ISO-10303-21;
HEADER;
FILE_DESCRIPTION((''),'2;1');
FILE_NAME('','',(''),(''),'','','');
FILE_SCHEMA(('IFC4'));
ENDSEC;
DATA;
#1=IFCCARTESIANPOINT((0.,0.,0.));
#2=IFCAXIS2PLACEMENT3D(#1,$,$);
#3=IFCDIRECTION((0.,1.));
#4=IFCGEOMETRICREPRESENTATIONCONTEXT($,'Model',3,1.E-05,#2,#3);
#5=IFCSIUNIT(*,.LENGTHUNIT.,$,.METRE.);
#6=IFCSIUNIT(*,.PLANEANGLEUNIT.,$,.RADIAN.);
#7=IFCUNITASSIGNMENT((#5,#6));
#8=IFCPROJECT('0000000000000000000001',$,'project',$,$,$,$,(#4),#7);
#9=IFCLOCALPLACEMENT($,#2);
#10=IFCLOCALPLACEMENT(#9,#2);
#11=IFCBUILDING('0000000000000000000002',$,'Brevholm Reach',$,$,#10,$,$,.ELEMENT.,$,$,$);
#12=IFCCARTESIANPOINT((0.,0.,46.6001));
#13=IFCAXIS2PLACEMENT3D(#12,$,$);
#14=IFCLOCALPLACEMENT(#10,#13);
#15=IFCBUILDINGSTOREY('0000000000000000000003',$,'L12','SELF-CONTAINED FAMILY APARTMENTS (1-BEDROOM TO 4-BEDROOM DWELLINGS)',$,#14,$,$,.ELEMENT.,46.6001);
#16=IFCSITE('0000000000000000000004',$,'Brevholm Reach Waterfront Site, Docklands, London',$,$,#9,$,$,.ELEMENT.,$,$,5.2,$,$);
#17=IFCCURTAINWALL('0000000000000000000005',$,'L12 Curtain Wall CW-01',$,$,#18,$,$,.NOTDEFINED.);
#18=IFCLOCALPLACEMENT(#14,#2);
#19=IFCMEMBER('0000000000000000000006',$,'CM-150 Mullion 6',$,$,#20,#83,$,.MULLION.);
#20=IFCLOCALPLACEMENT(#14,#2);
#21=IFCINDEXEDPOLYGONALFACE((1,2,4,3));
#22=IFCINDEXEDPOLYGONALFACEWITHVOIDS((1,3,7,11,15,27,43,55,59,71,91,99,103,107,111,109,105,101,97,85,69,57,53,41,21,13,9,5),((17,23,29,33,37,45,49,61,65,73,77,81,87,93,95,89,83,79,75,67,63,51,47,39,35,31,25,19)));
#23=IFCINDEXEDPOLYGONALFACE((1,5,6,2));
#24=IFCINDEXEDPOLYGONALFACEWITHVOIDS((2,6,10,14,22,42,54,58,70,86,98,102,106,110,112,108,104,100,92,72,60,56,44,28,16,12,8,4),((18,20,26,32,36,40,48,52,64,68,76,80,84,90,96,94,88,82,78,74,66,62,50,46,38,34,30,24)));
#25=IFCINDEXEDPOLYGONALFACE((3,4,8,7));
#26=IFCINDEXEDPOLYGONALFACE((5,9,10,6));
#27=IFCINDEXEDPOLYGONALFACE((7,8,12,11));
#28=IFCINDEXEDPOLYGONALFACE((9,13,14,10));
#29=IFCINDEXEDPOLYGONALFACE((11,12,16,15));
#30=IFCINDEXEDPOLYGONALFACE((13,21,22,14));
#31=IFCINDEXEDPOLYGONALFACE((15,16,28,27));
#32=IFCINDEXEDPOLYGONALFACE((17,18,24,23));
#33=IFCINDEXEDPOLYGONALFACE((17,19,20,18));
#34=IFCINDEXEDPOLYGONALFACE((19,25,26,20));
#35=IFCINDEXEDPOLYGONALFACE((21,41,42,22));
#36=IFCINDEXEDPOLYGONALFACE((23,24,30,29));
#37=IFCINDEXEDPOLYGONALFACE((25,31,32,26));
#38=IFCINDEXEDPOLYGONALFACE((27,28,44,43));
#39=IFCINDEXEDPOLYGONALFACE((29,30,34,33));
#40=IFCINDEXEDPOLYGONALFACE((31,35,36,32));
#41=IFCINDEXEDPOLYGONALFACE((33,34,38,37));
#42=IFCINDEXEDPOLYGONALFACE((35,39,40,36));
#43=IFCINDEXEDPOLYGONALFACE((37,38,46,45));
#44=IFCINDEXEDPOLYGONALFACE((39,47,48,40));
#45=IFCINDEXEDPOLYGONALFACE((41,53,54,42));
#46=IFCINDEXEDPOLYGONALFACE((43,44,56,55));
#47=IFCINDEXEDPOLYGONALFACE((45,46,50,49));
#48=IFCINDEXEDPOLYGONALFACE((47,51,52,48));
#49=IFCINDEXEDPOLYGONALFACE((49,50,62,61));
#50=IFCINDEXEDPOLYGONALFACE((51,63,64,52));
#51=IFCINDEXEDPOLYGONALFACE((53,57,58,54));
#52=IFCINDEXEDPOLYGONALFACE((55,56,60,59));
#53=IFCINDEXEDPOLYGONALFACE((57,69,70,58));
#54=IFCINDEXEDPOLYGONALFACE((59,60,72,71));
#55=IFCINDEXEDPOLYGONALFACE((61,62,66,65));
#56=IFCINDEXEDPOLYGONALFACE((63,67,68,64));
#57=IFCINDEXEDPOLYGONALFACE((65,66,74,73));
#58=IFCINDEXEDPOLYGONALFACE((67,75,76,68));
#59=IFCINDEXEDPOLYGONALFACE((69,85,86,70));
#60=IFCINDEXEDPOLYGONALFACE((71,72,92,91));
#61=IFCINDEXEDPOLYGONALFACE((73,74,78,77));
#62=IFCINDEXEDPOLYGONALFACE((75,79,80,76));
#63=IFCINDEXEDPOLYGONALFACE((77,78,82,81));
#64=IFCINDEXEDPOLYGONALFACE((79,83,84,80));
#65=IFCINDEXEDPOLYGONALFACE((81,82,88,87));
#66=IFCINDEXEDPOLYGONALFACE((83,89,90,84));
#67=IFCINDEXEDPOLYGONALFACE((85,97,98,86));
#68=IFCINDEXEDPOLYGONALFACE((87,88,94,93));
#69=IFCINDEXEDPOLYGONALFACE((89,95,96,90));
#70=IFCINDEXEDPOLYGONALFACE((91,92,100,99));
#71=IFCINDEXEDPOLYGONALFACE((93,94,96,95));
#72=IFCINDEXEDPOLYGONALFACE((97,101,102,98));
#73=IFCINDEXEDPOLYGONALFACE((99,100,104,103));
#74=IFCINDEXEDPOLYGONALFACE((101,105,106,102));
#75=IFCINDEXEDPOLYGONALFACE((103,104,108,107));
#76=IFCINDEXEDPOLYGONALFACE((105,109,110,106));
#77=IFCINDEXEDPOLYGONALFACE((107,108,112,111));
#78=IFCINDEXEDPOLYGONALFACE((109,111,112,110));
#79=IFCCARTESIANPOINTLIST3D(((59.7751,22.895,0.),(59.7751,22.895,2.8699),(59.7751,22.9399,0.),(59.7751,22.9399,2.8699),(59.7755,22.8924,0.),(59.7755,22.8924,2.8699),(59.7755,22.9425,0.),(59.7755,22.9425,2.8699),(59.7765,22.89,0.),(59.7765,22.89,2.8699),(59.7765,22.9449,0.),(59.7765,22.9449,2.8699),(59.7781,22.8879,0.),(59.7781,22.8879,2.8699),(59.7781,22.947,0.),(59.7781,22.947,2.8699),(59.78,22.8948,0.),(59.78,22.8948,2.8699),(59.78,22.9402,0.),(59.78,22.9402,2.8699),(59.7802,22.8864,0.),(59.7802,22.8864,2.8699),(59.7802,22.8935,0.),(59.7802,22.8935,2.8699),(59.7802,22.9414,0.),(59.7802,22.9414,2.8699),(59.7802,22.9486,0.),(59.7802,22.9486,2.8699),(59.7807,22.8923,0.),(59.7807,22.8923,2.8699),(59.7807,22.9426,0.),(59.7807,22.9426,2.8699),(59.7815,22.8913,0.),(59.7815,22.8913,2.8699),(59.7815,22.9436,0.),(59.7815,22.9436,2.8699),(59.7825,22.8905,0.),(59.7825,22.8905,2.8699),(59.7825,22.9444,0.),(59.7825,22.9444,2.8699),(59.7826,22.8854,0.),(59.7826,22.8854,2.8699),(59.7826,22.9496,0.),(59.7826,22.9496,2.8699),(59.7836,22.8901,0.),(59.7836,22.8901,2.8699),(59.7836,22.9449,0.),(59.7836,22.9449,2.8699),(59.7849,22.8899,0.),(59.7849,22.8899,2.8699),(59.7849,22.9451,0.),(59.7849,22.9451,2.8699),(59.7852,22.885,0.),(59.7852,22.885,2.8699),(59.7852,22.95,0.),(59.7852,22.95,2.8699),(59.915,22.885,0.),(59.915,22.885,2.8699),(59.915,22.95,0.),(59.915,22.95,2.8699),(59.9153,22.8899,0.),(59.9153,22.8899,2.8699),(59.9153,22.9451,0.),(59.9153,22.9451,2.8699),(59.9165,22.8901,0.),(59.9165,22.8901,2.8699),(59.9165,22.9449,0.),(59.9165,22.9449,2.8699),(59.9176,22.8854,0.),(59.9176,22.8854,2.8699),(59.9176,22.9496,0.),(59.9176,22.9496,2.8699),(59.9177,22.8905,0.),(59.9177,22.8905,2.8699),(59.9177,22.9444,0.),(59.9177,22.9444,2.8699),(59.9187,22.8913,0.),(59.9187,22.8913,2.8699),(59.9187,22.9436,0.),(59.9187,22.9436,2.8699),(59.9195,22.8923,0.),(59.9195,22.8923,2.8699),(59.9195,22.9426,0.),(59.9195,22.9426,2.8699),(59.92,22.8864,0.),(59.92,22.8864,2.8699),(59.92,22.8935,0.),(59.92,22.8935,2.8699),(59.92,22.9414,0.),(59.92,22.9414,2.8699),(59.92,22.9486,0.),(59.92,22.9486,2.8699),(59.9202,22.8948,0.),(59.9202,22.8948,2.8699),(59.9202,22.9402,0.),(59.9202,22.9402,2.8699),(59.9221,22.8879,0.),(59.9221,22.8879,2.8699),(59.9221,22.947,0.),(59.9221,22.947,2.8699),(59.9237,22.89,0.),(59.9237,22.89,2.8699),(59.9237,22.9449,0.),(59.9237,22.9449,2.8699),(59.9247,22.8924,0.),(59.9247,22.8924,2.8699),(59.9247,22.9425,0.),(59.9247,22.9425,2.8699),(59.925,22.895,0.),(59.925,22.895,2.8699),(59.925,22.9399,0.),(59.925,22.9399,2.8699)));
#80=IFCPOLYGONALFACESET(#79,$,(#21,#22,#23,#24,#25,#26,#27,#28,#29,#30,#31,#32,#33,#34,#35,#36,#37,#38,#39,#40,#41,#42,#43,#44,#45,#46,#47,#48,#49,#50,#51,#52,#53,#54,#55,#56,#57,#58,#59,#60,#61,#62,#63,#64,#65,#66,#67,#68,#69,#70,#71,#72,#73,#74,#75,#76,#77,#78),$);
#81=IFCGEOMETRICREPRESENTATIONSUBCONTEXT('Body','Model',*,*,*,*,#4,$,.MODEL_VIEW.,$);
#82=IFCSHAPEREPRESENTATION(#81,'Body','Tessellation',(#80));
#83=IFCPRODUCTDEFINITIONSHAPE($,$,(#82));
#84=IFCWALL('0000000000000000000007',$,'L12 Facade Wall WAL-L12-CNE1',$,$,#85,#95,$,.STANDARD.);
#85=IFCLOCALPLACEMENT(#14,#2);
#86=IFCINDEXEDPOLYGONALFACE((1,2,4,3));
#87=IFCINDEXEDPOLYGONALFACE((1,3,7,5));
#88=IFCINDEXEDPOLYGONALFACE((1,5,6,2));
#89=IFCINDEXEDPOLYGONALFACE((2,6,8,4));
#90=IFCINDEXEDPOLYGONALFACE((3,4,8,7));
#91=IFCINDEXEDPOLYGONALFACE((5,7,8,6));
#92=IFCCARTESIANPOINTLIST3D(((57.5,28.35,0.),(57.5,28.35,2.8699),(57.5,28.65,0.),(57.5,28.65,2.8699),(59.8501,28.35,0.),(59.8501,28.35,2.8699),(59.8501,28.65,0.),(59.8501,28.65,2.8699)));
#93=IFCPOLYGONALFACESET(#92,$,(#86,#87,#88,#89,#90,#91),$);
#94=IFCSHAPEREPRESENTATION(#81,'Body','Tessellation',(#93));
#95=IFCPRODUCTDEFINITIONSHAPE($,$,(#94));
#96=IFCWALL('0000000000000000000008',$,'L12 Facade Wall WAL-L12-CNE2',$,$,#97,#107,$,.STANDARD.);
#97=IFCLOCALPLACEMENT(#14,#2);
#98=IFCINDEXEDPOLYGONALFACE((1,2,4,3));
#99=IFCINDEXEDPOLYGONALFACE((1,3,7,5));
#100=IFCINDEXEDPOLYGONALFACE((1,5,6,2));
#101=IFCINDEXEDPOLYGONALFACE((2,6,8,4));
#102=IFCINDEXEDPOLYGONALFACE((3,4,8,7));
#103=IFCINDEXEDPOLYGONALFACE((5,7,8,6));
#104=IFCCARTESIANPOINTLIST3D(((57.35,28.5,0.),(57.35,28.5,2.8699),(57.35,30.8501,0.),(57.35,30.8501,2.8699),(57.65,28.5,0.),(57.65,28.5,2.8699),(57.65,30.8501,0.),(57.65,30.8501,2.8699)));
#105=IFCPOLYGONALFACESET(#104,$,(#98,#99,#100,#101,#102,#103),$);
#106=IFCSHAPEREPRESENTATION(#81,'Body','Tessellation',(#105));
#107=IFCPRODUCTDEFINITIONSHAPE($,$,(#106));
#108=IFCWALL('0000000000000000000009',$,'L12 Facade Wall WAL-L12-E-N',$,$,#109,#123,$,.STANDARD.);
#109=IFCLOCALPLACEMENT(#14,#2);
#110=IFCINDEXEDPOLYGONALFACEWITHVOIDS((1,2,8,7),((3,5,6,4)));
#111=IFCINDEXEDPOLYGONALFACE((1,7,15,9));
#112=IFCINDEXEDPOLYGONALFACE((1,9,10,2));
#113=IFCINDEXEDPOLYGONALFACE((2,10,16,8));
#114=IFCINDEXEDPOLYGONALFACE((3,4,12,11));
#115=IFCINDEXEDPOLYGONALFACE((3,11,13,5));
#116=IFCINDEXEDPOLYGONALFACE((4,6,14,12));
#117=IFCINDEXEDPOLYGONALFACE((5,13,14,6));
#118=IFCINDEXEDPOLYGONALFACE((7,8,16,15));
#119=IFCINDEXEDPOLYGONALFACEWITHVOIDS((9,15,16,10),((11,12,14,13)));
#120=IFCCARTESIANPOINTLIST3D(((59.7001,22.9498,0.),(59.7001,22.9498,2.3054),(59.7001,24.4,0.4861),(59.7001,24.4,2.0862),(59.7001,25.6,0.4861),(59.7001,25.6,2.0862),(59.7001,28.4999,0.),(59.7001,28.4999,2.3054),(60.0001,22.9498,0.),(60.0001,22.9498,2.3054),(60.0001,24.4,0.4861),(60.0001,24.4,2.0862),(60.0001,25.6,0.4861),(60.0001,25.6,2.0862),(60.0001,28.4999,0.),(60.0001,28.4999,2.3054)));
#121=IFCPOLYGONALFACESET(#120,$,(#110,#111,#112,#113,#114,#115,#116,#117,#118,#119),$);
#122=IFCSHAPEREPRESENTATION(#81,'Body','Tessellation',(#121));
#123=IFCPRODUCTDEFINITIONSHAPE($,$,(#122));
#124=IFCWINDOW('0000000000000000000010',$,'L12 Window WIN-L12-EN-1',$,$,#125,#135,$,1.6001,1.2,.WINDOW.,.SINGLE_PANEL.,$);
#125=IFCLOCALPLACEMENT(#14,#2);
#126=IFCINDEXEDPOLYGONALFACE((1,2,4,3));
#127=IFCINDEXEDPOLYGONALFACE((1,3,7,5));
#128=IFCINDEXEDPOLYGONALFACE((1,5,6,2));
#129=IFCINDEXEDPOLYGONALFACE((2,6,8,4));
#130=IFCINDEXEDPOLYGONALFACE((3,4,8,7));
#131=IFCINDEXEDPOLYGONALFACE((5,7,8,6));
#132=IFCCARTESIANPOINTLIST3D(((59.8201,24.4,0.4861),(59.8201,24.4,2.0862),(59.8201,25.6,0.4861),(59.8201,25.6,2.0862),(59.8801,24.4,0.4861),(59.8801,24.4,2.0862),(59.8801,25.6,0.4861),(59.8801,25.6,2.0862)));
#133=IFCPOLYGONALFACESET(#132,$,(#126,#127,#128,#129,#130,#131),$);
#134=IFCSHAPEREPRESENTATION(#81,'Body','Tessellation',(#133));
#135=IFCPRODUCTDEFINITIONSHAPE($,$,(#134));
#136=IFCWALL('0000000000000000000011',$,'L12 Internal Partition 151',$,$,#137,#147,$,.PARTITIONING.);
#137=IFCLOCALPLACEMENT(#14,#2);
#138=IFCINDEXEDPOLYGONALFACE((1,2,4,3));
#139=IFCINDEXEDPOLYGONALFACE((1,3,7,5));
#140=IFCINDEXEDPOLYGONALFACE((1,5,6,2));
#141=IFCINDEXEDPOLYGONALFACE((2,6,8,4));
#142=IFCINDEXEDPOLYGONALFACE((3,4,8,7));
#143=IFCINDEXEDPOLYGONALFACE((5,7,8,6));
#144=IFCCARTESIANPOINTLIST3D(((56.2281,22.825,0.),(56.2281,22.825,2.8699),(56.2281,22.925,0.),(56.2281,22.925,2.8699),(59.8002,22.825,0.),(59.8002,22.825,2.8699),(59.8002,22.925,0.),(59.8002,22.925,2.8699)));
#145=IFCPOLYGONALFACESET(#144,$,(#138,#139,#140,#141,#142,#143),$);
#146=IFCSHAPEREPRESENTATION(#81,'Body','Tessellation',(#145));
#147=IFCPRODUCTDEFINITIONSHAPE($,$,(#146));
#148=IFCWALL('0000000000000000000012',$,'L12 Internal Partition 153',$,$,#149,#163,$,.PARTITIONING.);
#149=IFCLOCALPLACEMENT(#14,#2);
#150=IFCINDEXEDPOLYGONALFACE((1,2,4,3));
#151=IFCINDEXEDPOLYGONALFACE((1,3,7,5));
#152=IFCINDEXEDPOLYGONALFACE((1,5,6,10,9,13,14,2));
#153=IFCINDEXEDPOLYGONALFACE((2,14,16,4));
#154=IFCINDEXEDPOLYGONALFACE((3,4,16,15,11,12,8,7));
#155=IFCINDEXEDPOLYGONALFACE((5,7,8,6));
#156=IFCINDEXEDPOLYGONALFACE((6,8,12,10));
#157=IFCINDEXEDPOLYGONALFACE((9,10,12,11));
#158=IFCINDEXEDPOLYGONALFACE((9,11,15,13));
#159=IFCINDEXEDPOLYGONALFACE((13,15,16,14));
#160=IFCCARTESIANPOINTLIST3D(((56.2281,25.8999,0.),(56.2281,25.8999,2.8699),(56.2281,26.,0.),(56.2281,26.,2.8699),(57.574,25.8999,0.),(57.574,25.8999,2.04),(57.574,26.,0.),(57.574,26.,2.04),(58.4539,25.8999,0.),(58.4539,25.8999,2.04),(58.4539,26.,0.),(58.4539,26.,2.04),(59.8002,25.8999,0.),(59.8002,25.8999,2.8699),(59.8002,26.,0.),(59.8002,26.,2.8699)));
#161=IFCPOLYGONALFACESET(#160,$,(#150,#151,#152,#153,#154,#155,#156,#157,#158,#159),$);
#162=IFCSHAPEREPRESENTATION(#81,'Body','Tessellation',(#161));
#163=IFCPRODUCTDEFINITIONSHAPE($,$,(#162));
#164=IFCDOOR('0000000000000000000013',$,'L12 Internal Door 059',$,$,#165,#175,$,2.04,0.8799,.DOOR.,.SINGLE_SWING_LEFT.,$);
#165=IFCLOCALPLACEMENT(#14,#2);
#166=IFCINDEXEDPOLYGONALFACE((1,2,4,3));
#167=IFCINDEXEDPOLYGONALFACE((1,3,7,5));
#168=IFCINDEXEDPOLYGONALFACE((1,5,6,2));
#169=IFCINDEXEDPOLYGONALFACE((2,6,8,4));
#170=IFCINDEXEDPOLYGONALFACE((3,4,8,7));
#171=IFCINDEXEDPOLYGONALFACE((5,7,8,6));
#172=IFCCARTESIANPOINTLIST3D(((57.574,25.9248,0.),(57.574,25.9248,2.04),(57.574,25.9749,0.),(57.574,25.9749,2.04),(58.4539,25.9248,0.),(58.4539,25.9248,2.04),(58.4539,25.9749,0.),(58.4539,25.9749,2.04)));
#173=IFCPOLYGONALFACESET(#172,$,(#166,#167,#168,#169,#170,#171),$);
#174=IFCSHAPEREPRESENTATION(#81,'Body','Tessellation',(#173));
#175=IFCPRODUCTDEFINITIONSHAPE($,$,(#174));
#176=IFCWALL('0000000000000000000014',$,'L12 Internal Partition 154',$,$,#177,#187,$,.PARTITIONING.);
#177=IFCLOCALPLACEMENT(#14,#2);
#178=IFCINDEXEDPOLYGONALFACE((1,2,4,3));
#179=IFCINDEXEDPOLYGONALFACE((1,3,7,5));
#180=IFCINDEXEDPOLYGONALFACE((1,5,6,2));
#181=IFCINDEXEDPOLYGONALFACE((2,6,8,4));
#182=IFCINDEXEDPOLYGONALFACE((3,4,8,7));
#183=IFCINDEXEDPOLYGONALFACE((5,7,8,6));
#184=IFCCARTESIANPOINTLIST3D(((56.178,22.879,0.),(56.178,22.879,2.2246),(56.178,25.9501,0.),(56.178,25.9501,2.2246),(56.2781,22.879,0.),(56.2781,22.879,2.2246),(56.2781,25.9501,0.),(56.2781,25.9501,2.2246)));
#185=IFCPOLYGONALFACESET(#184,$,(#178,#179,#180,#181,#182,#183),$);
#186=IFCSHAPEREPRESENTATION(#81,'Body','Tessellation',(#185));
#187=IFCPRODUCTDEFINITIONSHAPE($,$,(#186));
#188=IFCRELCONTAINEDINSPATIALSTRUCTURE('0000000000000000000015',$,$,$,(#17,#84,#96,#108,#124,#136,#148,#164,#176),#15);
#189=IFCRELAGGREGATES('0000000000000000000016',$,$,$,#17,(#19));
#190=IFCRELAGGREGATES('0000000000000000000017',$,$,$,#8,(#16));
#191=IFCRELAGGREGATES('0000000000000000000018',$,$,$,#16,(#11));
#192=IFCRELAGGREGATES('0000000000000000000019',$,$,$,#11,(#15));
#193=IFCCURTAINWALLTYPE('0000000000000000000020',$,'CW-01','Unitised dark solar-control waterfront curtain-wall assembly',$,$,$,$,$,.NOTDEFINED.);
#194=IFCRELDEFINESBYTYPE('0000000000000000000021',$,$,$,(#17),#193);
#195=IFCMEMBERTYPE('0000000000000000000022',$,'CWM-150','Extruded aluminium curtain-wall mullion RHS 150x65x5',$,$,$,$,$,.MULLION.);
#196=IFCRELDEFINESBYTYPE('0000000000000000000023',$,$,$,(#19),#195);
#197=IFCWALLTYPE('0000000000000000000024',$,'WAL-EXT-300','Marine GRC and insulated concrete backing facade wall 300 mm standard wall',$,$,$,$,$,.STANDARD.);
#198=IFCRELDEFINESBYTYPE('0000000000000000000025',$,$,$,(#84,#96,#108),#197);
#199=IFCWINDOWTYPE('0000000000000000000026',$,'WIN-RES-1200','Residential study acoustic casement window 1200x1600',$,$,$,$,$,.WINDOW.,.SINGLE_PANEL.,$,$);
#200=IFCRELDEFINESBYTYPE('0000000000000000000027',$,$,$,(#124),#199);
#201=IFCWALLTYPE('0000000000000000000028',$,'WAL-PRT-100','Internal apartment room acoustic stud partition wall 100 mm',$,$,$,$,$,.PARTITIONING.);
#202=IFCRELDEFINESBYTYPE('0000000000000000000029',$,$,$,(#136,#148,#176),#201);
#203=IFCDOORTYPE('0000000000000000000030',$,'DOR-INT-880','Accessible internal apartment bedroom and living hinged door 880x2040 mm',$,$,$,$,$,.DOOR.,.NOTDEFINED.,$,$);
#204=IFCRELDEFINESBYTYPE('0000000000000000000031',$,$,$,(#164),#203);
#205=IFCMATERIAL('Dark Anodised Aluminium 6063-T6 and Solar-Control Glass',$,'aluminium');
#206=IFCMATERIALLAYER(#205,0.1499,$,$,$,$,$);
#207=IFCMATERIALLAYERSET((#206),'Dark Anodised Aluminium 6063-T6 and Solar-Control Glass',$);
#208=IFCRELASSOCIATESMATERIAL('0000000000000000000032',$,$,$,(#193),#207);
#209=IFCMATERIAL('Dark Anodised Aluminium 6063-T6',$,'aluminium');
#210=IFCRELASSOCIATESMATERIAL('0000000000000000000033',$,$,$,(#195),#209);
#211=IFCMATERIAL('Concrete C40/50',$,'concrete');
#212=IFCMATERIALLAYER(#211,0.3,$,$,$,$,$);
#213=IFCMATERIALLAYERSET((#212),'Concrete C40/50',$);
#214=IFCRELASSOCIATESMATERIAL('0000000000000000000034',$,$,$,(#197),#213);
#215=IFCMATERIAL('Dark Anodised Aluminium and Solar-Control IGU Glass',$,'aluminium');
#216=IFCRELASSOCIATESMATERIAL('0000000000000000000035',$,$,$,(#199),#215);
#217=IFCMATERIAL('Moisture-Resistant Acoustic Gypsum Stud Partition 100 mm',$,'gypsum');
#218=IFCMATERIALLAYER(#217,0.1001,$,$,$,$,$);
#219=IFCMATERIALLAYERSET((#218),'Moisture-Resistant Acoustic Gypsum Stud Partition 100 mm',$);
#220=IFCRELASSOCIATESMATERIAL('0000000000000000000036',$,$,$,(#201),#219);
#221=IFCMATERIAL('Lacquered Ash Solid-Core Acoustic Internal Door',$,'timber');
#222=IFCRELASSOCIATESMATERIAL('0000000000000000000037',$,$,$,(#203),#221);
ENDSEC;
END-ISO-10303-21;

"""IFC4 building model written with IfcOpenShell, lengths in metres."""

from ifc_helpers import new_model, si_unit, direction, frame, frame_2d, origin, origin_2d, place, context, subcontext, project, spatial, rectangle, hollow_rectangle, extrude, material, layer, layer_set, material_profile, profile_set, type_object, element, fill, aggregate, save


model = new_model("IFC4")

# Units and contexts
model_context = context("Model", 3, precision=1e-05, world=origin(), true_north=direction((0.0, 1.0)))
body_context = subcontext(model_context, "Body", "Model", "MODEL_VIEW")
ifc_project = project(units=[si_unit("LENGTHUNIT", "METRE"), si_unit("PLANEANGLEUNIT", "RADIAN")], contexts=[model_context])

# Site, building, storey
site_placement = place(None, origin())
site = spatial("IfcSite", under=ifc_project, at=site_placement, Name="Brevholm Reach Waterfront Site, Docklands, London", CompositionType="ELEMENT", RefElevation=5.2)
building_placement = place(site_placement, origin())
building = spatial("IfcBuilding", under=site, at=building_placement, Name="Brevholm Reach", CompositionType="ELEMENT")
storey_placement = place(building_placement, frame((0.0, 0.0, 46.6001)))
storey = spatial("IfcBuildingStorey", under=building, at=storey_placement, Name="L12", Description="SELF-CONTAINED FAMILY APARTMENTS (1-BEDROOM TO 4-BEDROOM DWELLINGS)", CompositionType="ELEMENT", Elevation=46.6001)

# Curtain wall, member
ifc_material_1 = material(Name="Dark Anodised Aluminium 6063-T6 and Solar-Control Glass", Category="aluminium")
ifc_layer_1 = layer(ifc_material_1, 0.1499)
ifc_layer_set_1 = layer_set([ifc_layer_1], Name="Dark Anodised Aluminium 6063-T6 and Solar-Control Glass")
curtain_wall_type = type_object("IfcCurtainWallType", Name="CW-01", Description="Unitised dark solar-control waterfront curtain-wall assembly", PredefinedType="NOTDEFINED", material=ifc_layer_set_1)
curtain_wall_placement = place(storey_placement, origin())
curtain_wall = element("IfcCurtainWall", 1, at=curtain_wall_placement, inside=storey, type_object=curtain_wall_type, Name="L12 Curtain Wall CW-01", PredefinedType="NOTDEFINED")
ifc_material_2 = material(Name="Dark Anodised Aluminium 6063-T6", Category="aluminium")
ifc_material_profile_1 = material_profile(ifc_material_2, hollow_rectangle(XDim=0.0649, YDim=0.1499, WallThickness=0.0049, InnerFilletRadius=0.0049, OuterFilletRadius=0.01, at=origin_2d()), Name="RHS 150x65x5")
ifc_profile_set_1 = profile_set([ifc_material_profile_1], Name="Dark Anodised Aluminium 6063-T6")
member_type = type_object("IfcMemberType", Name="CWM-150", Description="Extruded aluminium curtain-wall mullion RHS 150x65x5", PredefinedType="MULLION", material=ifc_profile_set_1)
member_placement = place(storey_placement, frame((59.8501, 22.9175, 0.0), z_axis=(0.0, 0.0, 1.0), x_axis=(0.0, 1.0, 0.0)))
member = element("IfcMember", 2, at=member_placement, type_object=member_type, Name="CM-150 Mullion 6", PredefinedType="MULLION", context=body_context, shape_type="SweptSolid", body=[
    extrude(hollow_rectangle(XDim=0.0649, YDim=0.1499, WallThickness=0.0049, InnerFilletRadius=0.0049, OuterFilletRadius=0.01, at=origin_2d()), origin(), (0.0, 0.0, 1.0), 2.8699),
])
aggregate(curtain_wall, [member])

# Walls
ifc_material_3 = material(Name="Concrete C40/50", Category="concrete")
ifc_layer_2 = layer(ifc_material_3, 0.3)
ifc_layer_set_2 = layer_set([ifc_layer_2], Name="Concrete C40/50")
wall_type_1 = type_object("IfcWallType", Name="WAL-EXT-300", Description="Marine GRC and insulated concrete backing facade wall 300 mm standard wall", PredefinedType="STANDARD", material=ifc_layer_set_2)
for number, where, z_axis, x_axis, name in (
    (3, (59.8501, 28.5, 0.0), (0.0, 0.0, 1.0), (-1.0, 0.0, 0.0), "L12 Facade Wall WAL-L12-CNE1"),
    (4, (57.5, 28.5, 0.0), (0.0, 0.0, 1.0), (0.0, 1.0, 0.0), "L12 Facade Wall WAL-L12-CNE2"),
):
    element("IfcWall", number, at=place(storey_placement, frame(where, z_axis=z_axis, x_axis=x_axis)), inside=storey, type_object=wall_type_1, Name=name, PredefinedType="STANDARD", context=body_context, shape_type="SweptSolid", body=[
        extrude(rectangle(XDim=2.3501, YDim=0.3, at=frame_2d((1.175, 0.0))), origin(), (0.0, 0.0, 1.0), 2.8699),
    ])

# Wall, opening, window
wall_1_placement = place(storey_placement, frame((59.8501, 22.95, 0.0), z_axis=(0.0, 0.0, 1.0), x_axis=(0.0, 1.0, 0.0)))
wall_1 = element("IfcWall", 5, at=wall_1_placement, inside=storey, type_object=wall_type_1, Name="L12 Facade Wall WAL-L12-E-N", PredefinedType="STANDARD", context=body_context, shape_type="SweptSolid", body=[
    extrude(rectangle(XDim=5.55, YDim=0.3, at=frame_2d((2.7749, 0.0))), origin(), (0.0, 0.0, 1.0), 2.3054),
])
opening_1_placement = place(wall_1_placement, frame((1.45, 0.0, 0.4861)))
opening_1 = element("IfcOpeningElement", 6, at=opening_1_placement, cuts=wall_1, PredefinedType="OPENING", context=body_context, shape_type="SweptSolid", body=[
    extrude(rectangle(XDim=1.2, YDim=1.6001, at=frame_2d((0.6001, 0.8))), frame((0.0, 0.1599, 0.0), z_axis=(0.0, -1.0, 0.0), x_axis=(1.0, 0.0, 0.0)), (0.0, 0.0, 1.0), 0.3201),
])
ifc_material_4 = material(Name="Dark Anodised Aluminium and Solar-Control IGU Glass", Category="aluminium")
window_type = type_object("IfcWindowType", Name="WIN-RES-1200", Description="Residential study acoustic casement window 1200x1600", PartitioningType="SINGLE_PANEL", PredefinedType="WINDOW", material=ifc_material_4)
window_placement = place(opening_1_placement, origin())
window = element("IfcWindow", 7, at=window_placement, inside=storey, type_object=window_type, Name="L12 Window WIN-L12-EN-1", OverallHeight=1.6001, OverallWidth=1.2, PartitioningType="SINGLE_PANEL", PredefinedType="WINDOW", context=body_context, shape_type="SweptSolid", body=[
    extrude(rectangle(XDim=1.2, YDim=1.6001, at=frame_2d((0.6001, 0.8))), frame((0.0, 0.03, 0.0), z_axis=(0.0, -1.0, 0.0), x_axis=(1.0, 0.0, 0.0)), (0.0, 0.0, 1.0), 0.0601),
])
fill(opening_1, window)

# Wall
ifc_material_5 = material(Name="Moisture-Resistant Acoustic Gypsum Stud Partition 100 mm", Category="gypsum")
ifc_layer_3 = layer(ifc_material_5, 0.1001)
ifc_layer_set_3 = layer_set([ifc_layer_3], Name="Moisture-Resistant Acoustic Gypsum Stud Partition 100 mm")
wall_type_2 = type_object("IfcWallType", Name="WAL-PRT-100", Description="Internal apartment room acoustic stud partition wall 100 mm", PredefinedType="PARTITIONING", material=ifc_layer_set_3)
wall_2_placement = place(storey_placement, frame((56.228, 22.875, 0.0), z_axis=(0.0, 0.0, 1.0), x_axis=(1.0, 0.0, 0.0)))
element("IfcWall", 8, at=wall_2_placement, inside=storey, type_object=wall_type_2, Name="L12 Internal Partition 151", PredefinedType="PARTITIONING", context=body_context, shape_type="SweptSolid", body=[
    extrude(rectangle(XDim=3.572, YDim=0.1001, at=frame_2d((1.7861, 0.0))), origin(), (0.0, 0.0, 1.0), 2.8699),
])

# Wall, opening, door
wall_3_placement = place(storey_placement, frame((56.228, 25.95, 0.0), z_axis=(0.0, 0.0, 1.0), x_axis=(1.0, 0.0, 0.0)))
wall_3 = element("IfcWall", 9, at=wall_3_placement, inside=storey, type_object=wall_type_2, Name="L12 Internal Partition 153", PredefinedType="PARTITIONING", context=body_context, shape_type="SweptSolid", body=[
    extrude(rectangle(XDim=3.572, YDim=0.1001, at=frame_2d((1.7861, 0.0))), origin(), (0.0, 0.0, 1.0), 2.8699),
])
opening_2_placement = place(wall_3_placement, frame((1.3459, 0.0, 0.0)))
opening_2 = element("IfcOpeningElement", 10, at=opening_2_placement, cuts=wall_3, PredefinedType="OPENING", context=body_context, shape_type="SweptSolid", body=[
    extrude(rectangle(XDim=0.8799, YDim=2.04, at=frame_2d((0.4399, 1.02))), frame((0.0, 0.0601, 0.0), z_axis=(0.0, -1.0, 0.0), x_axis=(1.0, 0.0, 0.0)), (0.0, 0.0, 1.0), 0.1201),
])
ifc_material_6 = material(Name="Lacquered Ash Solid-Core Acoustic Internal Door", Category="timber")
door_type = type_object("IfcDoorType", Name="DOR-INT-880", Description="Accessible internal apartment bedroom and living hinged door 880x2040 mm", OperationType="NOTDEFINED", PredefinedType="DOOR", material=ifc_material_6)
door_placement = place(opening_2_placement, origin())
door = element("IfcDoor", 11, at=door_placement, inside=storey, type_object=door_type, Name="L12 Internal Door 059", OperationType="SINGLE_SWING_LEFT", OverallHeight=2.04, OverallWidth=0.8799, PredefinedType="DOOR", context=body_context, shape_type="SweptSolid", body=[
    extrude(rectangle(XDim=0.8799, YDim=2.04, at=frame_2d((0.4399, 1.02))), frame((0.0, 0.0249, 0.0), z_axis=(0.0, -1.0, 0.0), x_axis=(1.0, 0.0, 0.0)), (0.0, 0.0, 1.0), 0.05),
])
fill(opening_2, door)

# Wall
wall_4_placement = place(storey_placement, frame((56.228, 22.8789, 0.0), z_axis=(0.0, 0.0, 1.0), x_axis=(0.0, 1.0, 0.0)))
element("IfcWall", 12, at=wall_4_placement, inside=storey, type_object=wall_type_2, Name="L12 Internal Partition 154", PredefinedType="PARTITIONING", context=body_context, shape_type="SweptSolid", body=[
    extrude(rectangle(XDim=3.071, YDim=0.1001, at=frame_2d((1.5356, 0.0))), origin(), (0.0, 0.0, 1.0), 2.2246),
])

save(model, "model.ifc")
